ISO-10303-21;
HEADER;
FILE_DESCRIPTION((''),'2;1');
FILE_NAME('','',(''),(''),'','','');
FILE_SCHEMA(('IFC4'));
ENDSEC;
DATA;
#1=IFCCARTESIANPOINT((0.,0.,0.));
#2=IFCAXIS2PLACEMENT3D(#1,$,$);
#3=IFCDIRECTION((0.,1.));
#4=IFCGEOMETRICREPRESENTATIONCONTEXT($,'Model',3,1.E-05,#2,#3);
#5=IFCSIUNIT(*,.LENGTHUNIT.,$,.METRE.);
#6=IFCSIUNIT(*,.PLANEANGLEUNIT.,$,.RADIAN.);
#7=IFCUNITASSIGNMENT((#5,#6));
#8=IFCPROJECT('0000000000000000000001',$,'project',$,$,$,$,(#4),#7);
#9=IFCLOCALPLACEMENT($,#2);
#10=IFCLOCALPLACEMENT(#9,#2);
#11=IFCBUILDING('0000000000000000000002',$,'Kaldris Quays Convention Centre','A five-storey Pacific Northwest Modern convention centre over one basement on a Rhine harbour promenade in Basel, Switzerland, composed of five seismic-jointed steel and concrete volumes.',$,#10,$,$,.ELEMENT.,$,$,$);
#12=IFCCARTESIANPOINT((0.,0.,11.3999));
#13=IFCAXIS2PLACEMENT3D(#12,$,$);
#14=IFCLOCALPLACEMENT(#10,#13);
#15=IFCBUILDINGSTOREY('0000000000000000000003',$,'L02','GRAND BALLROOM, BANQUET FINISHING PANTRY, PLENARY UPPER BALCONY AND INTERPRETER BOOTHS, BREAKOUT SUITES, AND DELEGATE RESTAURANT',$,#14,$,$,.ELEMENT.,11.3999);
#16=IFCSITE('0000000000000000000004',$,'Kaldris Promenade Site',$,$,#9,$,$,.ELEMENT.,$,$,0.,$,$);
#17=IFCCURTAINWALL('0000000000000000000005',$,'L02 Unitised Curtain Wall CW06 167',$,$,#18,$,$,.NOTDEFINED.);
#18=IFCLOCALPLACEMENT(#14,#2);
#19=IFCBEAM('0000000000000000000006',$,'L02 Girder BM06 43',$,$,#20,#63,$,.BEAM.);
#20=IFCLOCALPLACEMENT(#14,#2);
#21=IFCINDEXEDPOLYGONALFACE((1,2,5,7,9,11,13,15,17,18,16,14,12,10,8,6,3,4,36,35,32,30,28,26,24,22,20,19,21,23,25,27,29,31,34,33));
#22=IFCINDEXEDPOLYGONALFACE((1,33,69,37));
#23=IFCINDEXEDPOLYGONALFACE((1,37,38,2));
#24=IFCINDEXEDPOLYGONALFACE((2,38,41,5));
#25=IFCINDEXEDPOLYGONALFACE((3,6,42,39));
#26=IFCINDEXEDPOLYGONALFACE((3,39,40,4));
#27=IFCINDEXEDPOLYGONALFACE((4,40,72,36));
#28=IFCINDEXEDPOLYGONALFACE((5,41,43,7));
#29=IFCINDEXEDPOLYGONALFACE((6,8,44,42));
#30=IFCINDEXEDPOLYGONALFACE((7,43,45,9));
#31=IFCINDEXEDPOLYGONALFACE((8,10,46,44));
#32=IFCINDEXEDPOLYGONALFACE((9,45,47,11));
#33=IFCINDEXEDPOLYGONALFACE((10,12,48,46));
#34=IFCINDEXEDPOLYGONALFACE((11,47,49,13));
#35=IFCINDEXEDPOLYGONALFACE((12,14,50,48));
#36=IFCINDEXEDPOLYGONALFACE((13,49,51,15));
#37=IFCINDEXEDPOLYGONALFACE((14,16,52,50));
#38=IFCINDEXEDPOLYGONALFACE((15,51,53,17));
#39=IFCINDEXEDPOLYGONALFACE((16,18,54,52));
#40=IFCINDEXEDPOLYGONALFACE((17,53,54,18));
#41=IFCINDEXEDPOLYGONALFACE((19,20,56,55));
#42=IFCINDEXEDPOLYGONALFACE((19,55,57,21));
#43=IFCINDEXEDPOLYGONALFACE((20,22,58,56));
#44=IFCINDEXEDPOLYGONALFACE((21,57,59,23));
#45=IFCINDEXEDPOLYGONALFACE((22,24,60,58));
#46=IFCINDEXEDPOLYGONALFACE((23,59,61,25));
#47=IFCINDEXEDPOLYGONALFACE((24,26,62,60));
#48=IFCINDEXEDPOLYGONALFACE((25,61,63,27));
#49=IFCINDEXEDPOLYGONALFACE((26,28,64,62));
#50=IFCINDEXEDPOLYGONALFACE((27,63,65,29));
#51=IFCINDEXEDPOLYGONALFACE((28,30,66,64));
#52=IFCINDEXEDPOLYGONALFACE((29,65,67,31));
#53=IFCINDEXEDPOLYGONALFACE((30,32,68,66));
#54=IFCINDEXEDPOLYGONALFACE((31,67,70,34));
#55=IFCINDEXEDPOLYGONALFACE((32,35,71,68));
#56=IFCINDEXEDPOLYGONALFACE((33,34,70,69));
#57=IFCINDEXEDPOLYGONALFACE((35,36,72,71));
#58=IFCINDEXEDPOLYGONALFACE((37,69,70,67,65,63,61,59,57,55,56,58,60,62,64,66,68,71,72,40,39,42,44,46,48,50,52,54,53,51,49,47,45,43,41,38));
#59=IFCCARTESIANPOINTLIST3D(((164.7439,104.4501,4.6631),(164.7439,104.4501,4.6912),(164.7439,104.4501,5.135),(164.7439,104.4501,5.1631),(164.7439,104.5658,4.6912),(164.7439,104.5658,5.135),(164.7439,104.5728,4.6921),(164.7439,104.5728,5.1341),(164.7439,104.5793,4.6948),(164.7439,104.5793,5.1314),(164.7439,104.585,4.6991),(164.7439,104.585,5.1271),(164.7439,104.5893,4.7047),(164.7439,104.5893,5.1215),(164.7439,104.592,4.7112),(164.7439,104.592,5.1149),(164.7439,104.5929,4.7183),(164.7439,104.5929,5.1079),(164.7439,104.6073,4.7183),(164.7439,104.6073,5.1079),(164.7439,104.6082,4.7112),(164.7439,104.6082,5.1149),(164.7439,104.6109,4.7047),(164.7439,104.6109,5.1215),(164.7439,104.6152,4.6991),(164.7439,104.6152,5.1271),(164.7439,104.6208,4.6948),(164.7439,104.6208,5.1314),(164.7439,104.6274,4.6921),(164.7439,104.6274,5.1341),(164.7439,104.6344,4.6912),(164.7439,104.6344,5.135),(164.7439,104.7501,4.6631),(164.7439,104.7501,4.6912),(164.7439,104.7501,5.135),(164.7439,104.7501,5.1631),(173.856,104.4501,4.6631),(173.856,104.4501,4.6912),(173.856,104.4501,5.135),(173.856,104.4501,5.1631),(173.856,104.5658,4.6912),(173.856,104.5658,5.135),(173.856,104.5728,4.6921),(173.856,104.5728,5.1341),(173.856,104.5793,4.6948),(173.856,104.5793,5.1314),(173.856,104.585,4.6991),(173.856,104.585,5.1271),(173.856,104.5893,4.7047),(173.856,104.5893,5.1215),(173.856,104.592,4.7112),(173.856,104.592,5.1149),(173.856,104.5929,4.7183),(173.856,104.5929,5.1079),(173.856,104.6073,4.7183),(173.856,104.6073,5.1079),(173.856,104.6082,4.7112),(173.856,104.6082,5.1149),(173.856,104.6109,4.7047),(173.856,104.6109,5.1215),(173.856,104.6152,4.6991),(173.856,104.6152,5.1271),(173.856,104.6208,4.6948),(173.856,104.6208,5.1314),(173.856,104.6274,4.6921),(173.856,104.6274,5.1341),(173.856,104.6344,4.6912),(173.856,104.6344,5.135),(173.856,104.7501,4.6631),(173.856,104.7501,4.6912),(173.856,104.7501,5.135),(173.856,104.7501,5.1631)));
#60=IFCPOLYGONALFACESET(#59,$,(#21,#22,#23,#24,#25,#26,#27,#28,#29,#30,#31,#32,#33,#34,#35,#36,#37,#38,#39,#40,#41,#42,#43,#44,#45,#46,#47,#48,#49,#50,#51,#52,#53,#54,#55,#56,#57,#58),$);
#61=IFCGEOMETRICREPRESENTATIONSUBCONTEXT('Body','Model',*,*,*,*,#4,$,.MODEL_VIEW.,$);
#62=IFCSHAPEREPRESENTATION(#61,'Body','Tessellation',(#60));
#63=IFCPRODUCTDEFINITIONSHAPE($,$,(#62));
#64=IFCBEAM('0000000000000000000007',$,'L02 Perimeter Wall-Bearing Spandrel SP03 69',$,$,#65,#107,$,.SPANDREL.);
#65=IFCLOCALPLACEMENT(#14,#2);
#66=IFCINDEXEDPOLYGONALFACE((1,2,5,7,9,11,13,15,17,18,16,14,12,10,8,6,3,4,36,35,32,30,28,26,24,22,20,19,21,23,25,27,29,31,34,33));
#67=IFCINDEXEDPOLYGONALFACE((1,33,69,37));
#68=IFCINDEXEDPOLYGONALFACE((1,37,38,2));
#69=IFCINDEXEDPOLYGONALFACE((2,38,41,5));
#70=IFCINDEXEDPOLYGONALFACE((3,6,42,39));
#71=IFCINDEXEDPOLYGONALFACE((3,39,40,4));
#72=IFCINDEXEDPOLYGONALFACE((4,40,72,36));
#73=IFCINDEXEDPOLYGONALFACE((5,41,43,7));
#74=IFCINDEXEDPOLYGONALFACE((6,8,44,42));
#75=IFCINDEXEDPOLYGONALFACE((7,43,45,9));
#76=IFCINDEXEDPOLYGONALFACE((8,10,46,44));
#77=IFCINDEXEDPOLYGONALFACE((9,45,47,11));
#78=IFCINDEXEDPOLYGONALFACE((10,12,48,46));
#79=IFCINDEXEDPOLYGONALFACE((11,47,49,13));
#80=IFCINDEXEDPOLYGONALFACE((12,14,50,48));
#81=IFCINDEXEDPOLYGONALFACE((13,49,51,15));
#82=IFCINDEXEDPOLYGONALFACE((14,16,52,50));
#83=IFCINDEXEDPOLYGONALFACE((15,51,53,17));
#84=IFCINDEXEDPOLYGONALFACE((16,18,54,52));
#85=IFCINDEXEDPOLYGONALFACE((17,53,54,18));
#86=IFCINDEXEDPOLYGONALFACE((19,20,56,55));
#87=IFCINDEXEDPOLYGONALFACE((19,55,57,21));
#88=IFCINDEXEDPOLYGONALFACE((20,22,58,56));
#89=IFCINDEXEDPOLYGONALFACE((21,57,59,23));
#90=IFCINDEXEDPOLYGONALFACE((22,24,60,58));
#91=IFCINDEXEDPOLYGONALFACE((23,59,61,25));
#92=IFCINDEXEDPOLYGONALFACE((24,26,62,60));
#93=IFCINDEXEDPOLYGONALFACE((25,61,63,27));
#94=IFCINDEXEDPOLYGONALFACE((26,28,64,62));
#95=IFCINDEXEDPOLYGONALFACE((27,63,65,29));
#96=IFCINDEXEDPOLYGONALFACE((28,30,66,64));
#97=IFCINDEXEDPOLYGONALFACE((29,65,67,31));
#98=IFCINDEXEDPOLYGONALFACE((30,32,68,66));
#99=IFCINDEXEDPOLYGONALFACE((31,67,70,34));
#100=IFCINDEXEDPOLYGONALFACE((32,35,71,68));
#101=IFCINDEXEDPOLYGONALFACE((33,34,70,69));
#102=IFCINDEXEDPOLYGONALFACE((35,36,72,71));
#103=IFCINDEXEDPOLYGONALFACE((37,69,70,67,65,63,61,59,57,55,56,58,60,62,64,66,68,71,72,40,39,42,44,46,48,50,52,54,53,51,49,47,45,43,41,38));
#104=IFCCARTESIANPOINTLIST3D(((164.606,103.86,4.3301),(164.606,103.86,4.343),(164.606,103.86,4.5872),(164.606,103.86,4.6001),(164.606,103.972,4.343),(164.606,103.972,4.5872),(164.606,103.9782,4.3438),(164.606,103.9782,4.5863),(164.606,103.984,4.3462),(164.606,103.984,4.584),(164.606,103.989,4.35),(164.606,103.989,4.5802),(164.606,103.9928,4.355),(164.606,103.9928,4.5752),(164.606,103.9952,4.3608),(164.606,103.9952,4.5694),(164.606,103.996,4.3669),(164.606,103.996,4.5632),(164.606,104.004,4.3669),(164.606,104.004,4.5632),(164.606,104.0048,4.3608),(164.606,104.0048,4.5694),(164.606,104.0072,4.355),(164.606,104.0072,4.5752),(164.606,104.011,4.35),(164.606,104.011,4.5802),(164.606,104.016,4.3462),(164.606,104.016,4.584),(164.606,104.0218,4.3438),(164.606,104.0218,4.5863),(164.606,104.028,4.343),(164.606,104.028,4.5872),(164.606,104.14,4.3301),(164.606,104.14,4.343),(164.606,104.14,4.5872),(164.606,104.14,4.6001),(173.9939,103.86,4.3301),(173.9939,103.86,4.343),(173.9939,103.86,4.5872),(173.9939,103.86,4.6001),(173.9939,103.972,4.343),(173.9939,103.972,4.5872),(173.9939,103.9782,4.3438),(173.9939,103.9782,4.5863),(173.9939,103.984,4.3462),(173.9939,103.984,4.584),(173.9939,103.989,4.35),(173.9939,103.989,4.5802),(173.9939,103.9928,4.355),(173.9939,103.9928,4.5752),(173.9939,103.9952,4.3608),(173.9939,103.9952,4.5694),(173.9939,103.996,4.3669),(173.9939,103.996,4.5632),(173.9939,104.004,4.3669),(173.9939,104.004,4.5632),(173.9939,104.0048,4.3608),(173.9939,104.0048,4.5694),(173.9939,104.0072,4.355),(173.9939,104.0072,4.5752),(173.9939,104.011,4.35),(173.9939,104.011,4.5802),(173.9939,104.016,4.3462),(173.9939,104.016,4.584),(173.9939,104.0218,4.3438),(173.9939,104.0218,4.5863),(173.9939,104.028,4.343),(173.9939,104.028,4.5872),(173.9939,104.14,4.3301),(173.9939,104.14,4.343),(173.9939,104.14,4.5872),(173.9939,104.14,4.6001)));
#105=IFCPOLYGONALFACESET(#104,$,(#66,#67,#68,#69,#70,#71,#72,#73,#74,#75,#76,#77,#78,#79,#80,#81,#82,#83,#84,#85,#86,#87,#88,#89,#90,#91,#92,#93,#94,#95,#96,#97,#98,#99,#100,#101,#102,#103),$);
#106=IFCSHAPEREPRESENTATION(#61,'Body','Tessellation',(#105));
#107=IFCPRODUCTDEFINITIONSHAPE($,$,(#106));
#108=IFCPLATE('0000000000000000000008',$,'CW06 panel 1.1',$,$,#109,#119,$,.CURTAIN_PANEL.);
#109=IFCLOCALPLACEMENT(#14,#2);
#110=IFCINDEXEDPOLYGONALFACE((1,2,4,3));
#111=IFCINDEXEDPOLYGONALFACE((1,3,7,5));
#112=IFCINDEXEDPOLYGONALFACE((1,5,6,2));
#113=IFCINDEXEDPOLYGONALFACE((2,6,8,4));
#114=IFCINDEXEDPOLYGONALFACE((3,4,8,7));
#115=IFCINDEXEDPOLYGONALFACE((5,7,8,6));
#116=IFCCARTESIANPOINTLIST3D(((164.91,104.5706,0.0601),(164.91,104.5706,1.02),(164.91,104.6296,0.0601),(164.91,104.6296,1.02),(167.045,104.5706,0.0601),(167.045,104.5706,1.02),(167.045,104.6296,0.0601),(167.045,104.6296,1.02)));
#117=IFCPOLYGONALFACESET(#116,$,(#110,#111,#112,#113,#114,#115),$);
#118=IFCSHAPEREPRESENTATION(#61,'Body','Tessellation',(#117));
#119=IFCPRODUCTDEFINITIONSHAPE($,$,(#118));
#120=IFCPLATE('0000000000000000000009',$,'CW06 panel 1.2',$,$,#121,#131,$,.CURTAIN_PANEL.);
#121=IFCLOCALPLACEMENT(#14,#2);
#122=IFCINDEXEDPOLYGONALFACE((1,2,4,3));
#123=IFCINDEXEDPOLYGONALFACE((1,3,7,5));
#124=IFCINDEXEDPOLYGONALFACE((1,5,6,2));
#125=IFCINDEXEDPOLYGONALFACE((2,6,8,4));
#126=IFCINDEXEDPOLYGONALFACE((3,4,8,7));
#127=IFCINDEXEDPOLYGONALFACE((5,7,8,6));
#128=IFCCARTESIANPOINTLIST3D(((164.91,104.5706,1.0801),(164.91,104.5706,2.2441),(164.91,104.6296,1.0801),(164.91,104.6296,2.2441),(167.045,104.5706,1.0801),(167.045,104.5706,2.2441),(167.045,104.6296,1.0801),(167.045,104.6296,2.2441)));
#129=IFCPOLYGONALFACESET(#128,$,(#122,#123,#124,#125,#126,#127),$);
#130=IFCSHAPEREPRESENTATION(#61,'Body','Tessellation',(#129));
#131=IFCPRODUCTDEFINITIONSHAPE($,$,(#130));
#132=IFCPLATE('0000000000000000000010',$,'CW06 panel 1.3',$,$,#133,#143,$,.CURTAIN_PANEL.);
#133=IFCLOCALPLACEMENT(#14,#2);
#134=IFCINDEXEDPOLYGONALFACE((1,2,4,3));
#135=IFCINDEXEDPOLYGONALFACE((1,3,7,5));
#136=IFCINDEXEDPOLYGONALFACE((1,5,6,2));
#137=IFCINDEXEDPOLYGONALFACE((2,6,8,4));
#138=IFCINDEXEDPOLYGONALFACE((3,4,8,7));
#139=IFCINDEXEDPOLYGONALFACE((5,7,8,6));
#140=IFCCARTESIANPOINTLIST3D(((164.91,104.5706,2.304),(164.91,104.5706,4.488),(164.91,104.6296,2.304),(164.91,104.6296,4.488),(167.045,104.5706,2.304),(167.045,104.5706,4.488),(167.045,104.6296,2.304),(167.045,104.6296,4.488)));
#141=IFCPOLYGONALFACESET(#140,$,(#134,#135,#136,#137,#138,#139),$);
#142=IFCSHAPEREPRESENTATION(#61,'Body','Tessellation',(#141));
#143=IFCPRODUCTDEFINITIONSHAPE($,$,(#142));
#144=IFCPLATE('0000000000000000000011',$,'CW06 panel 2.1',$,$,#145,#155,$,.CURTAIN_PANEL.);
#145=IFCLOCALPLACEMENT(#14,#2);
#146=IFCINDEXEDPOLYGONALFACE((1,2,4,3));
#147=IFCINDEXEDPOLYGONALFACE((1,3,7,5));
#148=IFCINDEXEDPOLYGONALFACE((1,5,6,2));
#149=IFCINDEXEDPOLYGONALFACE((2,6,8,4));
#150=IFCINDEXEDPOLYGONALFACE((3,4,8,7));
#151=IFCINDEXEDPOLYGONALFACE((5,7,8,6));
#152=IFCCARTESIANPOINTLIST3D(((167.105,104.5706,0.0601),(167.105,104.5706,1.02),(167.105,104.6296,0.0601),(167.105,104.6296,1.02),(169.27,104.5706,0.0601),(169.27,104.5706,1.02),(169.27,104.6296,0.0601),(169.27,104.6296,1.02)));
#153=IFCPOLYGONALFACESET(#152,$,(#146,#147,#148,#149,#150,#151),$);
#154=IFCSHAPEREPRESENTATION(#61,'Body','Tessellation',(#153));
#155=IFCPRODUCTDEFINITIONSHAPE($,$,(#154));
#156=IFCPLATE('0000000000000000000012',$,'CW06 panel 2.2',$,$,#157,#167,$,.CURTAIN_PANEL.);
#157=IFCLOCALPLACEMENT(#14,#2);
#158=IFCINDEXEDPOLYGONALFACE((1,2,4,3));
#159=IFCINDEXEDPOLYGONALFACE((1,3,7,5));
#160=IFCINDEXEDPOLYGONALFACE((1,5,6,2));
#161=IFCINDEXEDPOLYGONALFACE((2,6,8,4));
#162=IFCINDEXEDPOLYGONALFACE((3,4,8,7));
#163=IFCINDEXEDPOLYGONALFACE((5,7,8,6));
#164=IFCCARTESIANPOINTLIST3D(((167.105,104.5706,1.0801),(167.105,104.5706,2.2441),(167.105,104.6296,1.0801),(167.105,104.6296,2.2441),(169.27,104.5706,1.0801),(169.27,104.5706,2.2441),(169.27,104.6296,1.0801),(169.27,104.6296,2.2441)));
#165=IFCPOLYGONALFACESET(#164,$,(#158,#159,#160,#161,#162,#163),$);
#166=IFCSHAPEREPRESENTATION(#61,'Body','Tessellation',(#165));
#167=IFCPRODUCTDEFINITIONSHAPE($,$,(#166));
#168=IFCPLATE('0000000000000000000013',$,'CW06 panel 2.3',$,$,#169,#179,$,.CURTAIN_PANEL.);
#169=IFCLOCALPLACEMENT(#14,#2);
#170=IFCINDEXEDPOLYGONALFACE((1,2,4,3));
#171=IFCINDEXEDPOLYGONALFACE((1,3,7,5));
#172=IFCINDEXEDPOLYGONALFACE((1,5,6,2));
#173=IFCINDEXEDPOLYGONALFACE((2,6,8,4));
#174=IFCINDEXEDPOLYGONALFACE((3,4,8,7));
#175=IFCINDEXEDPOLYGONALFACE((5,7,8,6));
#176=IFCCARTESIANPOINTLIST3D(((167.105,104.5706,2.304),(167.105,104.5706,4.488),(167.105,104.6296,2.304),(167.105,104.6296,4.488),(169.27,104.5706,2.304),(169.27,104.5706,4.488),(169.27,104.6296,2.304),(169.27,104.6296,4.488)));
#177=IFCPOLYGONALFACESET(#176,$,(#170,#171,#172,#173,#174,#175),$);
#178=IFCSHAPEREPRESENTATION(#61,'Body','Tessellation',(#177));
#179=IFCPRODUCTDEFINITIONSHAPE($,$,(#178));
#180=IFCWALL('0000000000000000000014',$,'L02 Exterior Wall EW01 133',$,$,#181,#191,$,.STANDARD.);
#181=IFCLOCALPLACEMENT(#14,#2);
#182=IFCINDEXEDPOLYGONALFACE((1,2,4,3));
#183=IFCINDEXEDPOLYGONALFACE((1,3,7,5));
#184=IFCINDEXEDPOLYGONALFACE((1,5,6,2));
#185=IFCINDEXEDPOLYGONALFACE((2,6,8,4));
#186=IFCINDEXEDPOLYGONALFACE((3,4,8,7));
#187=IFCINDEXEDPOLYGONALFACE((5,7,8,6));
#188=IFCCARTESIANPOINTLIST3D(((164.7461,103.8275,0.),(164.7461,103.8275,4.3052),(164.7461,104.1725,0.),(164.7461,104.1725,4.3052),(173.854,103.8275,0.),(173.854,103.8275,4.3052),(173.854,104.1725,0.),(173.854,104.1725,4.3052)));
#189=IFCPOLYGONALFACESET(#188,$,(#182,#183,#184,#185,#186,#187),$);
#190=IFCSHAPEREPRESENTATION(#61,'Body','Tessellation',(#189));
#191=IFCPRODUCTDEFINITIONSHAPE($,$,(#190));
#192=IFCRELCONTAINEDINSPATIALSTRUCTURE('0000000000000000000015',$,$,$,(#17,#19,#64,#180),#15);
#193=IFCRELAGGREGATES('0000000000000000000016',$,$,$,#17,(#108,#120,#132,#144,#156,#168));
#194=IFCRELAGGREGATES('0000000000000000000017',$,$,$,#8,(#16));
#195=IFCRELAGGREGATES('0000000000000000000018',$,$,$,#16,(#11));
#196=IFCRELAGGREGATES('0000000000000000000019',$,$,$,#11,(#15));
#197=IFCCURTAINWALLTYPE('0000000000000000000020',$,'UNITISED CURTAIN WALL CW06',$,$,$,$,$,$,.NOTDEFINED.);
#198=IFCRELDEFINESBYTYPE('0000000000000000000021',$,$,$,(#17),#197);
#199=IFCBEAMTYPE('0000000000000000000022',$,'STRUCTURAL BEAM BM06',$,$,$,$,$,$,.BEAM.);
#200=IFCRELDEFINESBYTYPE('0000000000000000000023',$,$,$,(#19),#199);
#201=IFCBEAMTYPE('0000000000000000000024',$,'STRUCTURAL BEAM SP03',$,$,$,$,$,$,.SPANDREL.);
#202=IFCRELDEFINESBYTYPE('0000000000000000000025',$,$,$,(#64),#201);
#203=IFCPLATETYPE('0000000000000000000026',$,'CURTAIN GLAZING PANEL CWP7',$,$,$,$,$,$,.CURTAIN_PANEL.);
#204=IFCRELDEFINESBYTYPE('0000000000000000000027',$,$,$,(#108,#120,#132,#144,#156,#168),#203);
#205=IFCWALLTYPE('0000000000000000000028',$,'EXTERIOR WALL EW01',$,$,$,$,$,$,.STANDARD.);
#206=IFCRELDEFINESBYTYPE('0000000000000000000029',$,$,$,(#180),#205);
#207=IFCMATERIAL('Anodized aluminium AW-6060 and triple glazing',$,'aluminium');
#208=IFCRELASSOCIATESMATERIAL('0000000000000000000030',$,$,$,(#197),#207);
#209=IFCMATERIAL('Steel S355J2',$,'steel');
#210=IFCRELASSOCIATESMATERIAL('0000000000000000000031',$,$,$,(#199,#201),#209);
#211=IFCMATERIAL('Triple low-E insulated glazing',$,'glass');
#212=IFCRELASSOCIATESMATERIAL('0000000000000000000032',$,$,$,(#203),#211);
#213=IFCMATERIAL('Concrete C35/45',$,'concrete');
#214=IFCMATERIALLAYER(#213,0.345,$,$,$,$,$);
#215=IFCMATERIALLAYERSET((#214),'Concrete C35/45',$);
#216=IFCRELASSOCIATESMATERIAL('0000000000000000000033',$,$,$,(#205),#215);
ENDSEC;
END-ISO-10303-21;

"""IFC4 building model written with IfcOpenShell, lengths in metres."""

from ifc_helpers import new_model, si_unit, direction, frame, frame_2d, origin, origin_2d, place, context, subcontext, project, spatial, rectangle, i_section, extrude, material, layer, layer_set, material_profile, profile_set, type_object, element, aggregate, save


model = new_model("IFC4")

# Units and contexts
model_context = context("Model", 3, precision=1e-05, world=origin(), true_north=direction((0.0, 1.0)))
body_context = subcontext(model_context, "Body", "Model", "MODEL_VIEW")
ifc_project = project(units=[si_unit("LENGTHUNIT", "METRE"), si_unit("PLANEANGLEUNIT", "RADIAN")], contexts=[model_context])

# Site, building, storey
site_placement = place(None, origin())
site = spatial("IfcSite", under=ifc_project, at=site_placement, Name="Kaldris Promenade Site", CompositionType="ELEMENT", RefElevation=0.0)
building_placement = place(site_placement, origin())
building = spatial("IfcBuilding", under=site, at=building_placement, Name="Kaldris Quays Convention Centre", Description="A five-storey Pacific Northwest Modern convention centre over one basement on a Rhine harbour promenade in Basel, Switzerland, composed of five seismic-jointed steel and concrete volumes.", CompositionType="ELEMENT")
storey_placement = place(building_placement, frame((0.0, 0.0, 11.3999)))
storey = spatial("IfcBuildingStorey", under=building, at=storey_placement, Name="L02", Description="GRAND BALLROOM, BANQUET FINISHING PANTRY, PLENARY UPPER BALCONY AND INTERPRETER BOOTHS, BREAKOUT SUITES, AND DELEGATE RESTAURANT", CompositionType="ELEMENT", Elevation=11.3999)

# Shared definitions
ifc_material_1 = material(Name="Steel S355J2", Category="steel")

# Curtain wall
ifc_material_2 = material(Name="Anodized aluminium AW-6060 and triple glazing", Category="aluminium")
curtain_wall_type = type_object("IfcCurtainWallType", Name="UNITISED CURTAIN WALL CW06", PredefinedType="NOTDEFINED", material=ifc_material_2)
curtain_wall_placement = place(storey_placement, origin())
curtain_wall = element("IfcCurtainWall", 1, at=curtain_wall_placement, inside=storey, type_object=curtain_wall_type, Name="L02 Unitised Curtain Wall CW06 167", PredefinedType="NOTDEFINED")

# Beams
ifc_material_profile_1 = material_profile(ifc_material_1, i_section(OverallWidth=0.3, OverallDepth=0.5, WebThickness=0.0144, FlangeThickness=0.0281, FilletRadius=0.0271, at=origin_2d()), Name="HEB 500")
ifc_profile_set_1 = profile_set([ifc_material_profile_1], Name="Steel S355J2")
beam_type_1 = type_object("IfcBeamType", Name="STRUCTURAL BEAM BM06", PredefinedType="BEAM", material=ifc_profile_set_1)
beam_1_placement = place(storey_placement, frame((164.7439, 104.6001, 4.9131), z_axis=(1.0, 0.0, 0.0), x_axis=(0.0, 1.0, 0.0)))
element("IfcBeam", 2, at=beam_1_placement, inside=storey, type_object=beam_type_1, Name="L02 Girder BM06 43", PredefinedType="BEAM", context=body_context, shape_type="SweptSolid", body=[
    extrude(i_section(OverallWidth=0.3, OverallDepth=0.5, WebThickness=0.0144, FlangeThickness=0.0281, FilletRadius=0.0271, at=origin_2d()), origin(), (0.0, 0.0, 1.0), 9.1121),
])
ifc_material_profile_2 = material_profile(ifc_material_1, i_section(OverallWidth=0.28, OverallDepth=0.27, WebThickness=0.0081, FlangeThickness=0.0129, FilletRadius=0.0239, at=origin_2d()), Name="HEA 280")
ifc_profile_set_2 = profile_set([ifc_material_profile_2], Name="Steel S355J2")
beam_type_2 = type_object("IfcBeamType", Name="STRUCTURAL BEAM SP03", PredefinedType="SPANDREL", material=ifc_profile_set_2)
beam_2_placement = place(storey_placement, frame((164.606, 104.0, 4.4651), z_axis=(1.0, 0.0, 0.0), x_axis=(0.0, 1.0, 0.0)))
element("IfcBeam", 3, at=beam_2_placement, inside=storey, type_object=beam_type_2, Name="L02 Perimeter Wall-Bearing Spandrel SP03 69", PredefinedType="SPANDREL", context=body_context, shape_type="SweptSolid", body=[
    extrude(i_section(OverallWidth=0.28, OverallDepth=0.27, WebThickness=0.0081, FlangeThickness=0.0129, FilletRadius=0.0239, at=origin_2d()), origin(), (0.0, 0.0, 1.0), 9.3879),
])

# Plates
ifc_material_3 = material(Name="Triple low-E insulated glazing", Category="glass")
plate_type = type_object("IfcPlateType", Name="CURTAIN GLAZING PANEL CWP7", PredefinedType="CURTAIN_PANEL", material=ifc_material_3)
plate_1_placement = place(storey_placement, frame((165.9775, 104.6001, 0.0601), z_axis=(0.0, 0.0, 1.0), x_axis=(1.0, 0.0, 0.0)))
plate_1 = element("IfcPlate", 4, at=plate_1_placement, type_object=plate_type, Name="CW06 panel 1.1", PredefinedType="CURTAIN_PANEL", context=body_context, shape_type="SweptSolid", body=[
    extrude(rectangle(XDim=2.135, YDim=0.0591, at=origin_2d()), origin(), (0.0, 0.0, 1.0), 0.96),
])
plate_2_placement = place(storey_placement, frame((165.9775, 104.6001, 1.0801), z_axis=(0.0, 0.0, 1.0), x_axis=(1.0, 0.0, 0.0)))
plate_2 = element("IfcPlate", 5, at=plate_2_placement, type_object=plate_type, Name="CW06 panel 1.2", PredefinedType="CURTAIN_PANEL", context=body_context, shape_type="SweptSolid", body=[
    extrude(rectangle(XDim=2.135, YDim=0.0591, at=origin_2d()), origin(), (0.0, 0.0, 1.0), 1.1641),
])
plate_3_placement = place(storey_placement, frame((165.9775, 104.6001, 2.304), z_axis=(0.0, 0.0, 1.0), x_axis=(1.0, 0.0, 0.0)))
plate_3 = element("IfcPlate", 6, at=plate_3_placement, type_object=plate_type, Name="CW06 panel 1.3", PredefinedType="CURTAIN_PANEL", context=body_context, shape_type="SweptSolid", body=[
    extrude(rectangle(XDim=2.135, YDim=0.0591, at=origin_2d()), origin(), (0.0, 0.0, 1.0), 2.1841),
])
plate_4_placement = place(storey_placement, frame((168.1875, 104.6001, 0.0601), z_axis=(0.0, 0.0, 1.0), x_axis=(1.0, 0.0, 0.0)))
plate_4 = element("IfcPlate", 7, at=plate_4_placement, type_object=plate_type, Name="CW06 panel 2.1", PredefinedType="CURTAIN_PANEL", context=body_context, shape_type="SweptSolid", body=[
    extrude(rectangle(XDim=2.165, YDim=0.0591, at=origin_2d()), origin(), (0.0, 0.0, 1.0), 0.96),
])
plate_5_placement = place(storey_placement, frame((168.1875, 104.6001, 1.0801), z_axis=(0.0, 0.0, 1.0), x_axis=(1.0, 0.0, 0.0)))
plate_5 = element("IfcPlate", 8, at=plate_5_placement, type_object=plate_type, Name="CW06 panel 2.2", PredefinedType="CURTAIN_PANEL", context=body_context, shape_type="SweptSolid", body=[
    extrude(rectangle(XDim=2.165, YDim=0.0591, at=origin_2d()), origin(), (0.0, 0.0, 1.0), 1.1641),
])
plate_6_placement = place(storey_placement, frame((168.1875, 104.6001, 2.304), z_axis=(0.0, 0.0, 1.0), x_axis=(1.0, 0.0, 0.0)))
plate_6 = element("IfcPlate", 9, at=plate_6_placement, type_object=plate_type, Name="CW06 panel 2.3", PredefinedType="CURTAIN_PANEL", context=body_context, shape_type="SweptSolid", body=[
    extrude(rectangle(XDim=2.165, YDim=0.0591, at=origin_2d()), origin(), (0.0, 0.0, 1.0), 2.1841),
])
aggregate(curtain_wall, [plate_1, plate_2, plate_3, plate_4, plate_5, plate_6])

# Wall
ifc_material_4 = material(Name="Concrete C35/45", Category="concrete")
ifc_layer_1 = layer(ifc_material_4, 0.345)
ifc_layer_set_1 = layer_set([ifc_layer_1], Name="Concrete C35/45")
wall_type_1 = type_object("IfcWallType", Name="EXTERIOR WALL EW01", PredefinedType="STANDARD", material=ifc_layer_set_1)
wall_1_placement = place(storey_placement, frame((164.7461, 104.0, 0.0), z_axis=(0.0, 0.0, 1.0), x_axis=(1.0, 0.0, 0.0)))
element("IfcWall", 10, at=wall_1_placement, inside=storey, type_object=wall_type_1, Name="L02 Exterior Wall EW01 133", PredefinedType="STANDARD", context=body_context, shape_type="SweptSolid", body=[
    extrude(rectangle(XDim=9.1079, YDim=0.345, at=frame_2d((4.554, 0.0))), origin(), (0.0, 0.0, 1.0), 4.3052),
])

save(model, "model.ifc")
